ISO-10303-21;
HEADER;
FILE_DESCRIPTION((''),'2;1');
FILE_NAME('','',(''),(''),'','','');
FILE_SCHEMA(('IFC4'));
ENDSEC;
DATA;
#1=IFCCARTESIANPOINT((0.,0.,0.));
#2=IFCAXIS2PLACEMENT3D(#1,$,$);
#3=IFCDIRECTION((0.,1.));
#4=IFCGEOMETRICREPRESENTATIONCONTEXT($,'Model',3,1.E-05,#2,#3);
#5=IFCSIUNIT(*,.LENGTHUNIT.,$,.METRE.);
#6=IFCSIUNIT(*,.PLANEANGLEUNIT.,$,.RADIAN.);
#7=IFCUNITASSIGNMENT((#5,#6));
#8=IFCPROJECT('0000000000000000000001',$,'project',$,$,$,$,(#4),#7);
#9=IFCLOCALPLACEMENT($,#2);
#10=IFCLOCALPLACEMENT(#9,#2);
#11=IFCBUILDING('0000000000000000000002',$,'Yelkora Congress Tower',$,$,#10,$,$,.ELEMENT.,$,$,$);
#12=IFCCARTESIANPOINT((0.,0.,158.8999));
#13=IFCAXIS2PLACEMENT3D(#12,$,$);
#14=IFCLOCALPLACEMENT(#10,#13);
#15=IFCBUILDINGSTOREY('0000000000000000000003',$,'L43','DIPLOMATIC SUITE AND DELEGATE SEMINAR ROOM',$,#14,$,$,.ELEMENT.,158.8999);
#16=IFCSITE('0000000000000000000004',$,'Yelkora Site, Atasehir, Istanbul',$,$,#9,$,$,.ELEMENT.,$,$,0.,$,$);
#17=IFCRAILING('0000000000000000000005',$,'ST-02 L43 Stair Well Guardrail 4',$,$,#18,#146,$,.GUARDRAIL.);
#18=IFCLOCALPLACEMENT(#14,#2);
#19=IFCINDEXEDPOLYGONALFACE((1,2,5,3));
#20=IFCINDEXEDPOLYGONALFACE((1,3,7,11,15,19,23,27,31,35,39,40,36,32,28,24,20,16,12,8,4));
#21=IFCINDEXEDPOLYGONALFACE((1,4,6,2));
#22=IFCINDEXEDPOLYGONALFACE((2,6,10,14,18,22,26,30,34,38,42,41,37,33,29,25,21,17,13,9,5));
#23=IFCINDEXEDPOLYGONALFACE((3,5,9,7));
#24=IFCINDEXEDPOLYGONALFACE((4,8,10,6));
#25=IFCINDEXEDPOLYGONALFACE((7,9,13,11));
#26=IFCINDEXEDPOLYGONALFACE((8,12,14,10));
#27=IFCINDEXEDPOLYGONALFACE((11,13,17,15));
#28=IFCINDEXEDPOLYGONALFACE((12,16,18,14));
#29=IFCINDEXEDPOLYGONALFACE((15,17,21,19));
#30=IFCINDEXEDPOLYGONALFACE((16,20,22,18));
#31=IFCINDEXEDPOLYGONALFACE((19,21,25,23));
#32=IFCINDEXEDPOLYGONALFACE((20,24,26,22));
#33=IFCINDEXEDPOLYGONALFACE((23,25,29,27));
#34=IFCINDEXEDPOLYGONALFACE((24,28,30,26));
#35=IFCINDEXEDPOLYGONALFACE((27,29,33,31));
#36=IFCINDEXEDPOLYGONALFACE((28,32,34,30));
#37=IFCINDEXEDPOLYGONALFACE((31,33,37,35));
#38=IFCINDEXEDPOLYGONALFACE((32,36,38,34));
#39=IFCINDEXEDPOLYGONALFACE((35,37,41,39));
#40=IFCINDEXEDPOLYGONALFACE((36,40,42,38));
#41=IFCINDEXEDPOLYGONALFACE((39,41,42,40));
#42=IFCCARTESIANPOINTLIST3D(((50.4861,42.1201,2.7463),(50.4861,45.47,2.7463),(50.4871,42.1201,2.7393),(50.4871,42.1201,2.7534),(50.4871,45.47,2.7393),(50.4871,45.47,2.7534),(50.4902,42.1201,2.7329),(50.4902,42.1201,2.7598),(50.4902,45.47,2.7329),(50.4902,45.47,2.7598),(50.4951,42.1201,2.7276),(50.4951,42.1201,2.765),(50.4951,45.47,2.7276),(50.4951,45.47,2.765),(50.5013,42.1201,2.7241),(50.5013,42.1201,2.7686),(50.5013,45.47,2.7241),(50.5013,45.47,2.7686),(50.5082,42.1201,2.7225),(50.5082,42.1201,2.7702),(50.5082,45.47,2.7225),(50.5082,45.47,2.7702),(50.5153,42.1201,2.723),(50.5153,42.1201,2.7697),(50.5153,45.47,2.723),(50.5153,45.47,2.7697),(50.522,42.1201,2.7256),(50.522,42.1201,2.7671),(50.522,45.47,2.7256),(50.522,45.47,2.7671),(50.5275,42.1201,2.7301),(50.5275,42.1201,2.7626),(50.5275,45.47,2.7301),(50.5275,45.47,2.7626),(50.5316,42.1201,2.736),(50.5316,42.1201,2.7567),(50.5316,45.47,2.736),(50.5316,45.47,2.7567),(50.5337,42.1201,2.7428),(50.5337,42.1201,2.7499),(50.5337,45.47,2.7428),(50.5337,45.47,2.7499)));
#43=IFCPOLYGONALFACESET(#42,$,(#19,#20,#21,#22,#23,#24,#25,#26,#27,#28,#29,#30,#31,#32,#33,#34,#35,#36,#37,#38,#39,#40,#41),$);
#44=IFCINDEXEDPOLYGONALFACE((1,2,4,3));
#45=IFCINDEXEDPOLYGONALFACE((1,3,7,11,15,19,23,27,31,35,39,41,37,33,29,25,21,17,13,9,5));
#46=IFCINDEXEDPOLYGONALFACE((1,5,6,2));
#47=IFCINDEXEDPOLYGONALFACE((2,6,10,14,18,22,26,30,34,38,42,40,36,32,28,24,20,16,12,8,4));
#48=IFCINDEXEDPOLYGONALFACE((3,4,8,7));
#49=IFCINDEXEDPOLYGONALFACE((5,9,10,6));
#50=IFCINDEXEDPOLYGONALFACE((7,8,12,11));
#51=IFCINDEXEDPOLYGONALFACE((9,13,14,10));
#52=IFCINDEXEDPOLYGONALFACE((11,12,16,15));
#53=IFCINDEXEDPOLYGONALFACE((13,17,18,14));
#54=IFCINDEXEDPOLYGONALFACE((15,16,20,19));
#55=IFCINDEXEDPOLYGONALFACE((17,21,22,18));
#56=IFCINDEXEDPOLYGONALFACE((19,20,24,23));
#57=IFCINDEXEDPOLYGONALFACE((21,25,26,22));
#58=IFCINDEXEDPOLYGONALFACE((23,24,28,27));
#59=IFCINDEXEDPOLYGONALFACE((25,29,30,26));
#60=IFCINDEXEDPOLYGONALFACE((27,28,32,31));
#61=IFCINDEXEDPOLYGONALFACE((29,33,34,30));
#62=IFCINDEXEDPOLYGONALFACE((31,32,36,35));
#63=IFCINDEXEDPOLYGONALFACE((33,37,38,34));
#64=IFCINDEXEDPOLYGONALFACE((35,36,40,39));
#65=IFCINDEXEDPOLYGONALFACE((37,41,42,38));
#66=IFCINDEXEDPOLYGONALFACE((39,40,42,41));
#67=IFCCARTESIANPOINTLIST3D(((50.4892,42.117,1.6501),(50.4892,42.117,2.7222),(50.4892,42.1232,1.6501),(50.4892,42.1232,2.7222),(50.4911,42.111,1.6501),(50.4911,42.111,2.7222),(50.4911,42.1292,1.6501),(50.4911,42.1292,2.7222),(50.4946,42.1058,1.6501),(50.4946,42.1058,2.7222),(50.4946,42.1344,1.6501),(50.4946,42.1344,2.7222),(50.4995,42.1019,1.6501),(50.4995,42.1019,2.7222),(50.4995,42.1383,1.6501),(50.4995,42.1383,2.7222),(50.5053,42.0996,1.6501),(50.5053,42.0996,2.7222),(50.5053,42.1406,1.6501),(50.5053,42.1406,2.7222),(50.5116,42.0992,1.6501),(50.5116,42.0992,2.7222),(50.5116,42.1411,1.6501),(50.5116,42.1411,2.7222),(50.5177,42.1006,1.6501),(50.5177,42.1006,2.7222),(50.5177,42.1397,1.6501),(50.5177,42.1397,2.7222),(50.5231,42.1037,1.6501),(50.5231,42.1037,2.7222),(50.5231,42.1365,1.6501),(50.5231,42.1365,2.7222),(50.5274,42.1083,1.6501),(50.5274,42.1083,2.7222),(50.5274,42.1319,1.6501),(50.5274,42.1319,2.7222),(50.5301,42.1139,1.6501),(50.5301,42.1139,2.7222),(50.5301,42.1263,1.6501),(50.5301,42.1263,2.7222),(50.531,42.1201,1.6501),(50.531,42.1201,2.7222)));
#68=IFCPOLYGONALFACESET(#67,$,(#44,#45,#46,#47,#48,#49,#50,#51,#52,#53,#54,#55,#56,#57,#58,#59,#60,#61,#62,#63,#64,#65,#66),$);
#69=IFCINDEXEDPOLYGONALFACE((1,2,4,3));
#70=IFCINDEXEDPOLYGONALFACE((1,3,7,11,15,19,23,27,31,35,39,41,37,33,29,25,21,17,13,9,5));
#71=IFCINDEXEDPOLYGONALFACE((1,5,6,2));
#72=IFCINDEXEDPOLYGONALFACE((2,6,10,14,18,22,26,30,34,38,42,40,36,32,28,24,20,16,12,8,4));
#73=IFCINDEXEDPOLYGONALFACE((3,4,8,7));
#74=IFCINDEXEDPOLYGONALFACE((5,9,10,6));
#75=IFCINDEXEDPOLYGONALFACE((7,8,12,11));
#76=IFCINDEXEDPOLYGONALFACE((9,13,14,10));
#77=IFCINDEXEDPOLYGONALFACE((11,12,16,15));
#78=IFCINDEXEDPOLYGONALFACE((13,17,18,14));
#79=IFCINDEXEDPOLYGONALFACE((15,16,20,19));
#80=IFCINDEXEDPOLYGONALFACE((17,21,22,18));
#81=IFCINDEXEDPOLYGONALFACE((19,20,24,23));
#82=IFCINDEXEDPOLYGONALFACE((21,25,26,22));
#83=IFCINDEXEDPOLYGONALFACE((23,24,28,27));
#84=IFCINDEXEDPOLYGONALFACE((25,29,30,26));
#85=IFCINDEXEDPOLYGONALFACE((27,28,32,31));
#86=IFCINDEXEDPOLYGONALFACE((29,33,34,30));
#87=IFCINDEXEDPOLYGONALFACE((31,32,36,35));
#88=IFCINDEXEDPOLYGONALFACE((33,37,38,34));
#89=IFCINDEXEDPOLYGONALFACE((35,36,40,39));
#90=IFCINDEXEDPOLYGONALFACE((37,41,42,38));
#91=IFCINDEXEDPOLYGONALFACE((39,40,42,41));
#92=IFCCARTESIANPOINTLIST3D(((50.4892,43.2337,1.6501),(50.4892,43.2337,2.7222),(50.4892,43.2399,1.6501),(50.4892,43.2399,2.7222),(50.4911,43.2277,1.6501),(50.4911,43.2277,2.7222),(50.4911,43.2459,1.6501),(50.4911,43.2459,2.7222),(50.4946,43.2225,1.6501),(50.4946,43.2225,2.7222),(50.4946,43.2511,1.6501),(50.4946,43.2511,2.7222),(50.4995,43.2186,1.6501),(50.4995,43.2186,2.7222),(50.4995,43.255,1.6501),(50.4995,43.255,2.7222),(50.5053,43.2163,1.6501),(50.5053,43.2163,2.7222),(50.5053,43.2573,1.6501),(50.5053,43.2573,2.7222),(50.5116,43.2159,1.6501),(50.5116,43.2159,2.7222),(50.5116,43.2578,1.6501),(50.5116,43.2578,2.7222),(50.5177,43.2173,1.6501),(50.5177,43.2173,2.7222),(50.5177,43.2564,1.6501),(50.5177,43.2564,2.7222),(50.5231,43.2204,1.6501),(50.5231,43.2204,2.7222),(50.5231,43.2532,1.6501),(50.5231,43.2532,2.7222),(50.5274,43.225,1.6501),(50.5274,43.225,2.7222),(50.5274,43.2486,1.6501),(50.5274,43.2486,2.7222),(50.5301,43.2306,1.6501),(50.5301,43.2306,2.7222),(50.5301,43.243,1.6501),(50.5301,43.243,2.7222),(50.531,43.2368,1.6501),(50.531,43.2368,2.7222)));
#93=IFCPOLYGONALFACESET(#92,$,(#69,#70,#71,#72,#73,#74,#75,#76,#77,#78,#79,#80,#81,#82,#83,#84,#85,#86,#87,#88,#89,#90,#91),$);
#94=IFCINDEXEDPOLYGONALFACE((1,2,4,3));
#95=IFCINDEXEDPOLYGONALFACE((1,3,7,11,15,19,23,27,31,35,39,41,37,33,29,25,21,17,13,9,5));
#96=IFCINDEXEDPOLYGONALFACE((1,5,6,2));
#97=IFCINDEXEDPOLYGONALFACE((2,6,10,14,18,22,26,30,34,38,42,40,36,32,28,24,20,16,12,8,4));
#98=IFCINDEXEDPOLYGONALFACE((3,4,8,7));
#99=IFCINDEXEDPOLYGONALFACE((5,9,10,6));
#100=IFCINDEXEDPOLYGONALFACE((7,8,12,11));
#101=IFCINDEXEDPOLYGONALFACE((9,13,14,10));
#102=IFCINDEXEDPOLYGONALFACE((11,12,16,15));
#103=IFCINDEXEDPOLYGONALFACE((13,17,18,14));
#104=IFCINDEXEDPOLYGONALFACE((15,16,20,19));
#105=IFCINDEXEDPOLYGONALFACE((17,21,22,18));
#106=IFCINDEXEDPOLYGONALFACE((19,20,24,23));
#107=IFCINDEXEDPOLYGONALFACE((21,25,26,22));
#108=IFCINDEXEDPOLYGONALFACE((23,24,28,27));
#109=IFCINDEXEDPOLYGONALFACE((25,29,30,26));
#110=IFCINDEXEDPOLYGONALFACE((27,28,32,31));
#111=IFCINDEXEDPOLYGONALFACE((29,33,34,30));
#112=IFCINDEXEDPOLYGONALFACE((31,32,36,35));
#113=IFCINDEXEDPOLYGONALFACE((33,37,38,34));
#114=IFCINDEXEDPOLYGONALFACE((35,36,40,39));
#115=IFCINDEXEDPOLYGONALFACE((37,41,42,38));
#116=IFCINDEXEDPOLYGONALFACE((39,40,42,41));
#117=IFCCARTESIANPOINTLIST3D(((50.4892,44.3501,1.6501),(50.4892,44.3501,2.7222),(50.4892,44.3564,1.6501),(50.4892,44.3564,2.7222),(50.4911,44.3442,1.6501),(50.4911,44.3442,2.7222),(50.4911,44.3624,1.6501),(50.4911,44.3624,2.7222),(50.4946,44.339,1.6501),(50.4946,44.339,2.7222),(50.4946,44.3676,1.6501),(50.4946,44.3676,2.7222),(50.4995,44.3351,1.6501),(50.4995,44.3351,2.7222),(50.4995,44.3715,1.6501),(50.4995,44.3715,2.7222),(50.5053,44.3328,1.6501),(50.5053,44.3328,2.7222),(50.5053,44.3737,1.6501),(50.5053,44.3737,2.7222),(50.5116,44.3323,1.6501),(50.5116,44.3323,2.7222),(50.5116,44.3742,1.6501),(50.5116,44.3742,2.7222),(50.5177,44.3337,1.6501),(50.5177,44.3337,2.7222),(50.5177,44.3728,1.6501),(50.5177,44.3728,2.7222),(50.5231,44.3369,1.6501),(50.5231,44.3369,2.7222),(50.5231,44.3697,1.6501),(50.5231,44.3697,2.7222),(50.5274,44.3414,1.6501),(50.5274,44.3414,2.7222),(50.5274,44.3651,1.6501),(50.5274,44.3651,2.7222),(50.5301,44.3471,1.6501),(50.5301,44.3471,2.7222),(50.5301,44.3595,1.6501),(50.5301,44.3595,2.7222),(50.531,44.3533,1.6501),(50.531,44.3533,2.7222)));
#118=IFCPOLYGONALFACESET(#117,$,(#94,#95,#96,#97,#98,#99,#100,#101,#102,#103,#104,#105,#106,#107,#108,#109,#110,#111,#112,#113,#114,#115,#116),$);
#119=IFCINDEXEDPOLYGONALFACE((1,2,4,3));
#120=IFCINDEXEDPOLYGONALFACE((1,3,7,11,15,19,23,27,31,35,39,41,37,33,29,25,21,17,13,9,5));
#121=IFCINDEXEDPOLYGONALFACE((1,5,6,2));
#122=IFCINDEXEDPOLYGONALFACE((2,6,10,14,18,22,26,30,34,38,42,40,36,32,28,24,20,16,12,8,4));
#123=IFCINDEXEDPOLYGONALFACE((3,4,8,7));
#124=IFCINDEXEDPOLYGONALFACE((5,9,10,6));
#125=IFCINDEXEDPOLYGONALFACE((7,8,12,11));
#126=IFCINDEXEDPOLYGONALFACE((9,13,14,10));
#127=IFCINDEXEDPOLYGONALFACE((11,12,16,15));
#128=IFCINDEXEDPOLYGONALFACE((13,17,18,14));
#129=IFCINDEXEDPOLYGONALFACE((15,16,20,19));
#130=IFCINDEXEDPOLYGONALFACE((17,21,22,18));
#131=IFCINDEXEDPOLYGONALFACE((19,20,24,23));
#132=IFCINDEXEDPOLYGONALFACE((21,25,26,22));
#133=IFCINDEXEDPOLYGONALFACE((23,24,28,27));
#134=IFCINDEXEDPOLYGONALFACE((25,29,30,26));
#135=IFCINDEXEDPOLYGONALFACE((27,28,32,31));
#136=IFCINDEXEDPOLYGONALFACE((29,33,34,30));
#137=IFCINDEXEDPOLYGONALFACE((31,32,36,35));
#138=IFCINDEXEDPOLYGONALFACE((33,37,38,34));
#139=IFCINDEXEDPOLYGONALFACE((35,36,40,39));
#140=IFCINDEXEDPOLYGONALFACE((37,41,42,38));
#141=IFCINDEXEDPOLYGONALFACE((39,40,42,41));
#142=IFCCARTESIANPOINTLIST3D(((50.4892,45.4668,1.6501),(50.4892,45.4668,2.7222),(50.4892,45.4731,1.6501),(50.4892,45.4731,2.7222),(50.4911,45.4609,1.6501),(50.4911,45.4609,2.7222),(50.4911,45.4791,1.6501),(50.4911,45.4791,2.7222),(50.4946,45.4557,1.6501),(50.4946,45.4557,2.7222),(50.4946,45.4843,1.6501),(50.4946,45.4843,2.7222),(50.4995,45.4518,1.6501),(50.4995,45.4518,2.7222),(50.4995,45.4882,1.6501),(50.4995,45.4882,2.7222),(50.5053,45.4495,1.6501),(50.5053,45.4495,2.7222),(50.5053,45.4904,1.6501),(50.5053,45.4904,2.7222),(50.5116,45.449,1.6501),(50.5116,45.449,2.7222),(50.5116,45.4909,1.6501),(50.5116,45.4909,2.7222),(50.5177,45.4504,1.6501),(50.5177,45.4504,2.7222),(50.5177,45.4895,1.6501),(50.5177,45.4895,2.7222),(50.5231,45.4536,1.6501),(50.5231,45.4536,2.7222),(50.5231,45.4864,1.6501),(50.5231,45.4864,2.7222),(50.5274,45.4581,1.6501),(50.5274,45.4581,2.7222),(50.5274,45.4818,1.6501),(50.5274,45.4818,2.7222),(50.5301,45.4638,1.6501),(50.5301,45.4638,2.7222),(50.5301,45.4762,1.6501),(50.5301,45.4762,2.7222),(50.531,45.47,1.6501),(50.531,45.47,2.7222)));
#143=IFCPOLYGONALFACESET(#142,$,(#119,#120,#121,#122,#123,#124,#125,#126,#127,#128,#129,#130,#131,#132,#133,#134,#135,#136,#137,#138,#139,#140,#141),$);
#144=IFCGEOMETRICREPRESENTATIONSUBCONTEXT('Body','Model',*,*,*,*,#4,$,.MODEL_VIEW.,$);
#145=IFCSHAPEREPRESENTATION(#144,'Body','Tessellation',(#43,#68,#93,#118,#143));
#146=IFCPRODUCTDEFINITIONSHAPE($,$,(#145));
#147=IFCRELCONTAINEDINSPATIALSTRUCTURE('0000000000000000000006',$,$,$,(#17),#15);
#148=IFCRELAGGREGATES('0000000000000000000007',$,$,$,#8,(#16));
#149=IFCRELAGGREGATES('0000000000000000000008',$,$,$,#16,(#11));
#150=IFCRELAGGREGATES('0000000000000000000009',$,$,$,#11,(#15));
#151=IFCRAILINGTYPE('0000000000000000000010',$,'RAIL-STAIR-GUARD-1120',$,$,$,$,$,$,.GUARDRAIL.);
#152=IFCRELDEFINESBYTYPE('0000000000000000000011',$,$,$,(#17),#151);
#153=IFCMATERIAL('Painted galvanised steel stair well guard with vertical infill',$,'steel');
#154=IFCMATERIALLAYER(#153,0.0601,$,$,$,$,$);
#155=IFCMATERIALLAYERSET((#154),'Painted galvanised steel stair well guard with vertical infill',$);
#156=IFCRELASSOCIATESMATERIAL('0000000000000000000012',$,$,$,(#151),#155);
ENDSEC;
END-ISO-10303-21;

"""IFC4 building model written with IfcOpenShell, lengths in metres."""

from ifc_helpers import new_model, si_unit, direction, frame, origin, origin_2d, place, context, subcontext, project, spatial, circle, extrude, material, layer, layer_set, type_object, element, save


model = new_model("IFC4")

# Units and contexts
model_context = context("Model", 3, precision=1e-05, world=origin(), true_north=direction((0.0, 1.0)))
body_context = subcontext(model_context, "Body", "Model", "MODEL_VIEW")
ifc_project = project(units=[si_unit("LENGTHUNIT", "METRE"), si_unit("PLANEANGLEUNIT", "RADIAN")], contexts=[model_context])

# Site, building, storey
site_placement = place(None, origin())
site = spatial("IfcSite", under=ifc_project, at=site_placement, Name="Yelkora Site, Atasehir, Istanbul", CompositionType="ELEMENT", RefElevation=0.0)
building_placement = place(site_placement, origin())
building = spatial("IfcBuilding", under=site, at=building_placement, Name="Yelkora Congress Tower", CompositionType="ELEMENT")
storey_placement = place(building_placement, frame((0.0, 0.0, 158.8999)))
storey = spatial("IfcBuildingStorey", under=building, at=storey_placement, Name="L43", Description="DIPLOMATIC SUITE AND DELEGATE SEMINAR ROOM", CompositionType="ELEMENT", Elevation=158.8999)

# Railing
ifc_material_1 = material(Name="Painted galvanised steel stair well guard with vertical infill", Category="steel")
ifc_layer_1 = layer(ifc_material_1, 0.0601)
ifc_layer_set_1 = layer_set([ifc_layer_1], Name="Painted galvanised steel stair well guard with vertical infill")
railing_type_1 = type_object("IfcRailingType", Name="RAIL-STAIR-GUARD-1120", PredefinedType="GUARDRAIL", material=ifc_layer_set_1)
for number, where, name in (
    (1, (50.51, 42.1201, 1.6501), "ST-02 L43 Stair Well Guardrail 4"),
):
    element("IfcRailing", number, at=place(storey_placement, frame(where)), inside=storey, type_object=railing_type_1, Name=name, PredefinedType="GUARDRAIL", context=body_context, shape_type="SweptSolid", body=[
        extrude(circle(Radius=0.0239, at=origin_2d()), frame((0.0, 0.0, 1.0962), z_axis=(0.0, 1.0, 0.0), x_axis=(-1.0, 0.0, 0.0)), (0.0, 0.0, 1.0), 3.3499),
        extrude(circle(Radius=0.021, at=origin_2d()), origin(), (0.0, 0.0, 1.0), 1.072),
        extrude(circle(Radius=0.021, at=origin_2d()), frame((0.0, 1.1167, 0.0)), (0.0, 0.0, 1.0), 1.072),
        extrude(circle(Radius=0.021, at=origin_2d()), frame((0.0, 2.2332, 0.0)), (0.0, 0.0, 1.0), 1.072),
        extrude(circle(Radius=0.021, at=origin_2d()), frame((0.0, 3.3499, 0.0)), (0.0, 0.0, 1.0), 1.072),
    ])

save(model, "model.ifc")
